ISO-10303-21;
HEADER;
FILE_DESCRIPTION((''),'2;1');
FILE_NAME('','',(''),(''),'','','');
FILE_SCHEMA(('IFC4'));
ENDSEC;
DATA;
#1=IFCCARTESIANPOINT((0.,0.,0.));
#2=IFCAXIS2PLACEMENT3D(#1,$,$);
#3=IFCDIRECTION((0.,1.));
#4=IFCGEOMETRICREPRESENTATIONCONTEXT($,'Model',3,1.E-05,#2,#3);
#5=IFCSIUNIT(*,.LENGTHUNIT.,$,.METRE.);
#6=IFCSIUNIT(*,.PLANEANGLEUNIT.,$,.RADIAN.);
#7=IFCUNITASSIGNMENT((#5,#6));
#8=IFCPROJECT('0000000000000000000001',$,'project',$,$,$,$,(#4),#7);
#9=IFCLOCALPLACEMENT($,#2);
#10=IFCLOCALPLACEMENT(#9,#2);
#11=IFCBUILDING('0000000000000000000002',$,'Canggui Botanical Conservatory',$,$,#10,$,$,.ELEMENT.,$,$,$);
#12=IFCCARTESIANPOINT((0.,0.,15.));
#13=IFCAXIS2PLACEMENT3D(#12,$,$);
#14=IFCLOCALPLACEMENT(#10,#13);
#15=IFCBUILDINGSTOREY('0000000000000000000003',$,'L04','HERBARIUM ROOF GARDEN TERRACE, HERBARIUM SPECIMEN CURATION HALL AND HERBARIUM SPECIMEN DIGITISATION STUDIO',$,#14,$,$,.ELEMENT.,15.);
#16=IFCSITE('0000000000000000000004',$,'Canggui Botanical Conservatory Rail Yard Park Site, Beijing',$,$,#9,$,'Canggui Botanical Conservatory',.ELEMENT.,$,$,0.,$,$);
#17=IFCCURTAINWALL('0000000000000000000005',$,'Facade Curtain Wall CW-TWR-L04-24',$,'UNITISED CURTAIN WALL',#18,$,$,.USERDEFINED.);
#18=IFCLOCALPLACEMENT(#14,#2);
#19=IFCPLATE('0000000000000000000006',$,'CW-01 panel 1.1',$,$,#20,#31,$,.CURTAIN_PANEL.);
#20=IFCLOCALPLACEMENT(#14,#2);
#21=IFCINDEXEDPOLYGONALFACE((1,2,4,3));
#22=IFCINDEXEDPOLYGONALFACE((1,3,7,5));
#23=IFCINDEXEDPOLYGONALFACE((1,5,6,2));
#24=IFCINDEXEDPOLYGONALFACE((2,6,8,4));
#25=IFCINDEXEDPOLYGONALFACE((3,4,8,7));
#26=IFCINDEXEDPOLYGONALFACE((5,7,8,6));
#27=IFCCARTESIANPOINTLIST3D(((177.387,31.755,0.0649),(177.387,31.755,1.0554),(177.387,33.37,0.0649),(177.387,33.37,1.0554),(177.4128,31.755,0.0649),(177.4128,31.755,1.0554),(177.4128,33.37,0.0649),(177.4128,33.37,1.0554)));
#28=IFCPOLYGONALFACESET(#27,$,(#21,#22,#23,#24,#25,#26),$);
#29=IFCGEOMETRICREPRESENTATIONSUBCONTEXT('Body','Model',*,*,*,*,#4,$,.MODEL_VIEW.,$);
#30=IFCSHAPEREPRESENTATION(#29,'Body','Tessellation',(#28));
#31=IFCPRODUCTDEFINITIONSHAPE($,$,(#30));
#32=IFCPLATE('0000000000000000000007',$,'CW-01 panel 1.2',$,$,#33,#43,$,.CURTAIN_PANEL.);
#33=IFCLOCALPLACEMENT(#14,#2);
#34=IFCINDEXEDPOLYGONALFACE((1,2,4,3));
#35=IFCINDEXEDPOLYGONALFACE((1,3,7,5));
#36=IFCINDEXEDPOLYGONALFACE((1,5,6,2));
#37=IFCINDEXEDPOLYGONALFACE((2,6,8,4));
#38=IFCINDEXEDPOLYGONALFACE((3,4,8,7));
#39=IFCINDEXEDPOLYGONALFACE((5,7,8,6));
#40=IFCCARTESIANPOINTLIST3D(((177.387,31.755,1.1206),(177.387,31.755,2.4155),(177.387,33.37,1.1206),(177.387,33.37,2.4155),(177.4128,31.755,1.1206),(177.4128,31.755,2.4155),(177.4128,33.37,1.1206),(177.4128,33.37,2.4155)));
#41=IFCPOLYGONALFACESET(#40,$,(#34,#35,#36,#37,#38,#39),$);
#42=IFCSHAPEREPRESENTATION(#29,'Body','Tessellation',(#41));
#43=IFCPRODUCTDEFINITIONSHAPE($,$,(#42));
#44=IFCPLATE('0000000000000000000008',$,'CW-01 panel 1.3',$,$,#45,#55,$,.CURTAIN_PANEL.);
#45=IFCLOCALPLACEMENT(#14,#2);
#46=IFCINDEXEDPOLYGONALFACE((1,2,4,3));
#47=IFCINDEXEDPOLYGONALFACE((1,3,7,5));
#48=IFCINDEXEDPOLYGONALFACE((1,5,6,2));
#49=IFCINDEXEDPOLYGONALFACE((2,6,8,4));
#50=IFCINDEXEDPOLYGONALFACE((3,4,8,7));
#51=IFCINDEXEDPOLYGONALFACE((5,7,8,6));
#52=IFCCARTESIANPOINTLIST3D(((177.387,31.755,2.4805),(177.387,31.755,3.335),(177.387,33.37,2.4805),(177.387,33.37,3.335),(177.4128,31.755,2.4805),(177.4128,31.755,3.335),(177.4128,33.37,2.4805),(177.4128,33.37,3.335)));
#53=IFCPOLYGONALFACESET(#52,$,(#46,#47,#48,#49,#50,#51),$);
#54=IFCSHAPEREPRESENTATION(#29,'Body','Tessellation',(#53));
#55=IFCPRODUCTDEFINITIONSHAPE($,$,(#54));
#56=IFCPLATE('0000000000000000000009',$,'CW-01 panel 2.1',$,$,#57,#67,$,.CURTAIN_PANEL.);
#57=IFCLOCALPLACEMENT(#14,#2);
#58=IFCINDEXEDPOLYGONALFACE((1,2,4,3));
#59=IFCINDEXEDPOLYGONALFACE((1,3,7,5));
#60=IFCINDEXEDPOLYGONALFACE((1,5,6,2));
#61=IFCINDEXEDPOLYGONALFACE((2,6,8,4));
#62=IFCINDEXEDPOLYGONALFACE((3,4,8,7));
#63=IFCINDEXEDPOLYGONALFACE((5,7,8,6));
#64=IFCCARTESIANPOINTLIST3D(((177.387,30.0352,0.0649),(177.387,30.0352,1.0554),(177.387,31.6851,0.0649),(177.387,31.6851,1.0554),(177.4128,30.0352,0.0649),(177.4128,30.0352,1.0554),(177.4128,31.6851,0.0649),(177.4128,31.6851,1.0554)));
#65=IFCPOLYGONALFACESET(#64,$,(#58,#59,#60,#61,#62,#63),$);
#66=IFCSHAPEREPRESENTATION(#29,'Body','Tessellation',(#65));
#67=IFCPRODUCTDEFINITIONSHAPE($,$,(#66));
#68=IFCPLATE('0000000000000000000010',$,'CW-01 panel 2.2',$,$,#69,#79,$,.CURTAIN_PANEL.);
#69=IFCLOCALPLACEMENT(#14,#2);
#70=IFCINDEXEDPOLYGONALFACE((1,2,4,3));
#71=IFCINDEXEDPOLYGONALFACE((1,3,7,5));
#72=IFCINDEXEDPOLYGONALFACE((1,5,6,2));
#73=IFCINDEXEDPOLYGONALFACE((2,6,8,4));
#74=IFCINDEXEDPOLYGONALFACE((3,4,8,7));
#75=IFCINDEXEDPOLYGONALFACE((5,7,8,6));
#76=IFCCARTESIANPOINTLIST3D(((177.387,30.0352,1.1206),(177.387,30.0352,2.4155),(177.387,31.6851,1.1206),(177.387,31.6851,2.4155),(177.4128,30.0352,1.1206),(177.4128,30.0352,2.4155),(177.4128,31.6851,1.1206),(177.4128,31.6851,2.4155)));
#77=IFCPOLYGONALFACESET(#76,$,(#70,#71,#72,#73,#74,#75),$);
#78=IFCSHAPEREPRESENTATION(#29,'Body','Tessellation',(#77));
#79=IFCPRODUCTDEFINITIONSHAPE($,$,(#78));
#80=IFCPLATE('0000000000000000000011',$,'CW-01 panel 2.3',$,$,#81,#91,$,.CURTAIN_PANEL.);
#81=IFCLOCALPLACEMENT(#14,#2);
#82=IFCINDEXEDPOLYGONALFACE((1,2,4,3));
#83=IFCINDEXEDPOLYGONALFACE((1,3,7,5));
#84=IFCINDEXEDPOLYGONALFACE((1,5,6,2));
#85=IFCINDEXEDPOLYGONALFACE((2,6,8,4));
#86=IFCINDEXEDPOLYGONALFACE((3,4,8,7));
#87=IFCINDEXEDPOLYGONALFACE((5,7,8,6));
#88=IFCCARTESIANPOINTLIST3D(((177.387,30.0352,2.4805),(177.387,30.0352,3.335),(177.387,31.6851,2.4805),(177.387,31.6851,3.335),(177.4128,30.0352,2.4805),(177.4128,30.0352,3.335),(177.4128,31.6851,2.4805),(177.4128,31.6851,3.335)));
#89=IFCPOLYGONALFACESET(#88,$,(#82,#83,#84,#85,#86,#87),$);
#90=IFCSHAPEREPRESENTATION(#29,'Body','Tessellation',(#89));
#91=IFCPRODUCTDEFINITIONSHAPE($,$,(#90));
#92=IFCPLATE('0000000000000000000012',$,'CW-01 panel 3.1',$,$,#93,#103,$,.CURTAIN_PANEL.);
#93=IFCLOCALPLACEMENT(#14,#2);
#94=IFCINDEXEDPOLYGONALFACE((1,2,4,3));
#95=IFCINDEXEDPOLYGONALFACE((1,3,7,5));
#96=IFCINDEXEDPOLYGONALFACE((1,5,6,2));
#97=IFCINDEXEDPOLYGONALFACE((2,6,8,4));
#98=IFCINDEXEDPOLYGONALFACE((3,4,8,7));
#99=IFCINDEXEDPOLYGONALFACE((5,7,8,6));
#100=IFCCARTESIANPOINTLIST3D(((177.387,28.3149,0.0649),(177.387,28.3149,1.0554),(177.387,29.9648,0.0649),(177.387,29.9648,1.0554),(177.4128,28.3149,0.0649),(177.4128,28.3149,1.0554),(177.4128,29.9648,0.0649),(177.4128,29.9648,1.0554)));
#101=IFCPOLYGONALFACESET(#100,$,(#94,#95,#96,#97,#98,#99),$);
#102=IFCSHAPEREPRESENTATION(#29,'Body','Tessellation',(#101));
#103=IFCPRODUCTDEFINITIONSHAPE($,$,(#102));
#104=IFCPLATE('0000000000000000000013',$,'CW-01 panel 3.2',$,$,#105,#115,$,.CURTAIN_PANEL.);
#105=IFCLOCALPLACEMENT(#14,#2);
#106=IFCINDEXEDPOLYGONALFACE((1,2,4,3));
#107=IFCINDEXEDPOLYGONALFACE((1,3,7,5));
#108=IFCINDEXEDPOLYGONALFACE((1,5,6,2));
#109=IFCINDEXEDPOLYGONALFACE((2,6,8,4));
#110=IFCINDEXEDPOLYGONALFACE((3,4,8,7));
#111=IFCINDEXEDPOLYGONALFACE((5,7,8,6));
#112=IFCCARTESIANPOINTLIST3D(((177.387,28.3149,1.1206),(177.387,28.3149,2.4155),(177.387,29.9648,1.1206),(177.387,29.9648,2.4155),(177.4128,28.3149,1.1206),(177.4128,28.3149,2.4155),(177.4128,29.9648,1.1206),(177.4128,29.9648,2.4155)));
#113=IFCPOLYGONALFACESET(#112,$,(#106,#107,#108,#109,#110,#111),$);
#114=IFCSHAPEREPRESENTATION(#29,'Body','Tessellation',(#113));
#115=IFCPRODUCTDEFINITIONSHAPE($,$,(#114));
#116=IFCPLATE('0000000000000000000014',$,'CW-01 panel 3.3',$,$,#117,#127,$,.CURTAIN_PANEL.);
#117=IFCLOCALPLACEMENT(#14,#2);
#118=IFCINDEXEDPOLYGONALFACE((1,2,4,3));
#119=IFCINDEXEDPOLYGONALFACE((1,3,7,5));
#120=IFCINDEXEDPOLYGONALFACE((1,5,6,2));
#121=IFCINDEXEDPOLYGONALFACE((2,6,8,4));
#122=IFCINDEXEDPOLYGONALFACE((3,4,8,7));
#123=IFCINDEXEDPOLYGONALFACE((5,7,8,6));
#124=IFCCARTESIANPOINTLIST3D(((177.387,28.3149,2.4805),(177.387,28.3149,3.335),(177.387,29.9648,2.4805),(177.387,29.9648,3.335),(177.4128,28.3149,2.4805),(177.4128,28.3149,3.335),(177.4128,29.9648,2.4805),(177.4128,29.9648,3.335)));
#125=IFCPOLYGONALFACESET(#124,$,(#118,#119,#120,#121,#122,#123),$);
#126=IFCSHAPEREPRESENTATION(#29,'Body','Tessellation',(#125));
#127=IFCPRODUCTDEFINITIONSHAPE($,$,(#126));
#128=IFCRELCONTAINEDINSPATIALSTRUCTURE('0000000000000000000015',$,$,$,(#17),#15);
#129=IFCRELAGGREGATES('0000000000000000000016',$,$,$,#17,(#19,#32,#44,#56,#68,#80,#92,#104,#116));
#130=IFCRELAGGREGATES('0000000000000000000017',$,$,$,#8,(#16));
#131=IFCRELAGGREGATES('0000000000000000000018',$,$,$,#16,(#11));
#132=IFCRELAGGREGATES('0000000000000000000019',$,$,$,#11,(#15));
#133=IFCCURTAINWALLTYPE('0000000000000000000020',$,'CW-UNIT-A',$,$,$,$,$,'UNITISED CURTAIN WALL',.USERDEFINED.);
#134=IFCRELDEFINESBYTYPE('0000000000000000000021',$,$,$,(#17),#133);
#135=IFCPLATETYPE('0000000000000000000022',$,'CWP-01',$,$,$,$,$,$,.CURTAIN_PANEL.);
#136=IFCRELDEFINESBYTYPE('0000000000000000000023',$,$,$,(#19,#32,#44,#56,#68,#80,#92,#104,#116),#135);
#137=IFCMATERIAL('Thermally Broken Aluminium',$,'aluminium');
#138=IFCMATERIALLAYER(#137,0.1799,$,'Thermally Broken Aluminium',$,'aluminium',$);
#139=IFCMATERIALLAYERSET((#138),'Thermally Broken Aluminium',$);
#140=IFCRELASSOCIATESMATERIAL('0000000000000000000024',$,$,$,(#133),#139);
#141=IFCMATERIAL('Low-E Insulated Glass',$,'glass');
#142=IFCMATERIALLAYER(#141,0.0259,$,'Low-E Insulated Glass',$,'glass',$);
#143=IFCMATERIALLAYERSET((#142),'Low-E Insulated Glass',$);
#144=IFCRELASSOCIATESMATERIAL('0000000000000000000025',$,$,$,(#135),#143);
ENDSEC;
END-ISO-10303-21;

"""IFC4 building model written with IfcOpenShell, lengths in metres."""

from ifc_helpers import new_model, si_unit, direction, frame, origin, origin_2d, place, context, subcontext, project, spatial, rectangle, extrude, material, layer, layer_set, type_object, element, aggregate, save


model = new_model("IFC4")

# Units and contexts
model_context = context("Model", 3, precision=1e-05, world=origin(), true_north=direction((0.0, 1.0)))
body_context = subcontext(model_context, "Body", "Model", "MODEL_VIEW")
ifc_project = project(units=[si_unit("LENGTHUNIT", "METRE"), si_unit("PLANEANGLEUNIT", "RADIAN")], contexts=[model_context])

# Site, building, storey
site_placement = place(None, origin())
site = spatial("IfcSite", under=ifc_project, at=site_placement, Name="Canggui Botanical Conservatory Rail Yard Park Site, Beijing", LongName="Canggui Botanical Conservatory", CompositionType="ELEMENT", RefElevation=0.0)
building_placement = place(site_placement, origin())
building = spatial("IfcBuilding", under=site, at=building_placement, Name="Canggui Botanical Conservatory", CompositionType="ELEMENT")
storey_placement = place(building_placement, frame((0.0, 0.0, 15.0)))
storey = spatial("IfcBuildingStorey", under=building, at=storey_placement, Name="L04", Description="HERBARIUM ROOF GARDEN TERRACE, HERBARIUM SPECIMEN CURATION HALL AND HERBARIUM SPECIMEN DIGITISATION STUDIO", CompositionType="ELEMENT", Elevation=15.0)

# Curtain wall, plates
ifc_material_1 = material(Name="Thermally Broken Aluminium", Category="aluminium")
ifc_layer_1 = layer(ifc_material_1, 0.1799, Name="Thermally Broken Aluminium", Category="aluminium")
ifc_layer_set_1 = layer_set([ifc_layer_1], Name="Thermally Broken Aluminium")
curtain_wall_type = type_object("IfcCurtainWallType", Name="CW-UNIT-A", ElementType="UNITISED CURTAIN WALL", PredefinedType="USERDEFINED", material=ifc_layer_set_1)
curtain_wall_placement = place(storey_placement, origin())
curtain_wall = element("IfcCurtainWall", 1, at=curtain_wall_placement, inside=storey, type_object=curtain_wall_type, Name="Facade Curtain Wall CW-TWR-L04-24", ObjectType="UNITISED CURTAIN WALL", PredefinedType="USERDEFINED")
ifc_material_2 = material(Name="Low-E Insulated Glass", Category="glass")
ifc_layer_2 = layer(ifc_material_2, 0.0259, Name="Low-E Insulated Glass", Category="glass")
ifc_layer_set_2 = layer_set([ifc_layer_2], Name="Low-E Insulated Glass")
plate_type = type_object("IfcPlateType", Name="CWP-01", PredefinedType="CURTAIN_PANEL", material=ifc_layer_set_2)
plate_1_placement = place(storey_placement, frame((177.3999, 32.5625, 0.0649), z_axis=(0.0, 0.0, 1.0), x_axis=(0.0, -1.0, 0.0)))
plate_1 = element("IfcPlate", 2, at=plate_1_placement, type_object=plate_type, Name="CW-01 panel 1.1", PredefinedType="CURTAIN_PANEL", context=body_context, shape_type="SweptSolid", body=[
    extrude(rectangle(XDim=1.615, YDim=0.0259, at=origin_2d()), origin(), (0.0, 0.0, 1.0), 0.9905),
])
plate_2_placement = place(storey_placement, frame((177.3999, 32.5625, 1.1206), z_axis=(0.0, 0.0, 1.0), x_axis=(0.0, -1.0, 0.0)))
plate_2 = element("IfcPlate", 3, at=plate_2_placement, type_object=plate_type, Name="CW-01 panel 1.2", PredefinedType="CURTAIN_PANEL", context=body_context, shape_type="SweptSolid", body=[
    extrude(rectangle(XDim=1.615, YDim=0.0259, at=origin_2d()), origin(), (0.0, 0.0, 1.0), 1.2949),
])
plate_3_placement = place(storey_placement, frame((177.3999, 32.5625, 2.4805), z_axis=(0.0, 0.0, 1.0), x_axis=(0.0, -1.0, 0.0)))
plate_3 = element("IfcPlate", 4, at=plate_3_placement, type_object=plate_type, Name="CW-01 panel 1.3", PredefinedType="CURTAIN_PANEL", context=body_context, shape_type="SweptSolid", body=[
    extrude(rectangle(XDim=1.615, YDim=0.0259, at=origin_2d()), origin(), (0.0, 0.0, 1.0), 0.8545),
])
plate_4_placement = place(storey_placement, frame((177.3999, 30.8601, 0.0649), z_axis=(0.0, 0.0, 1.0), x_axis=(0.0, -1.0, 0.0)))
plate_4 = element("IfcPlate", 5, at=plate_4_placement, type_object=plate_type, Name="CW-01 panel 2.1", PredefinedType="CURTAIN_PANEL", context=body_context, shape_type="SweptSolid", body=[
    extrude(rectangle(XDim=1.6499, YDim=0.0259, at=origin_2d()), origin(), (0.0, 0.0, 1.0), 0.9905),
])
plate_5_placement = place(storey_placement, frame((177.3999, 30.8601, 1.1206), z_axis=(0.0, 0.0, 1.0), x_axis=(0.0, -1.0, 0.0)))
plate_5 = element("IfcPlate", 6, at=plate_5_placement, type_object=plate_type, Name="CW-01 panel 2.2", PredefinedType="CURTAIN_PANEL", context=body_context, shape_type="SweptSolid", body=[
    extrude(rectangle(XDim=1.6499, YDim=0.0259, at=origin_2d()), origin(), (0.0, 0.0, 1.0), 1.2949),
])
plate_6_placement = place(storey_placement, frame((177.3999, 30.8601, 2.4805), z_axis=(0.0, 0.0, 1.0), x_axis=(0.0, -1.0, 0.0)))
plate_6 = element("IfcPlate", 7, at=plate_6_placement, type_object=plate_type, Name="CW-01 panel 2.3", PredefinedType="CURTAIN_PANEL", context=body_context, shape_type="SweptSolid", body=[
    extrude(rectangle(XDim=1.6499, YDim=0.0259, at=origin_2d()), origin(), (0.0, 0.0, 1.0), 0.8545),
])
plate_7_placement = place(storey_placement, frame((177.3999, 29.1399, 0.0649), z_axis=(0.0, 0.0, 1.0), x_axis=(0.0, -1.0, 0.0)))
plate_7 = element("IfcPlate", 8, at=plate_7_placement, type_object=plate_type, Name="CW-01 panel 3.1", PredefinedType="CURTAIN_PANEL", context=body_context, shape_type="SweptSolid", body=[
    extrude(rectangle(XDim=1.6499, YDim=0.0259, at=origin_2d()), origin(), (0.0, 0.0, 1.0), 0.9905),
])
plate_8_placement = place(storey_placement, frame((177.3999, 29.1399, 1.1206), z_axis=(0.0, 0.0, 1.0), x_axis=(0.0, -1.0, 0.0)))
plate_8 = element("IfcPlate", 9, at=plate_8_placement, type_object=plate_type, Name="CW-01 panel 3.2", PredefinedType="CURTAIN_PANEL", context=body_context, shape_type="SweptSolid", body=[
    extrude(rectangle(XDim=1.6499, YDim=0.0259, at=origin_2d()), origin(), (0.0, 0.0, 1.0), 1.2949),
])
plate_9_placement = place(storey_placement, frame((177.3999, 29.1399, 2.4805), z_axis=(0.0, 0.0, 1.0), x_axis=(0.0, -1.0, 0.0)))
plate_9 = element("IfcPlate", 10, at=plate_9_placement, type_object=plate_type, Name="CW-01 panel 3.3", PredefinedType="CURTAIN_PANEL", context=body_context, shape_type="SweptSolid", body=[
    extrude(rectangle(XDim=1.6499, YDim=0.0259, at=origin_2d()), origin(), (0.0, 0.0, 1.0), 0.8545),
])
aggregate(curtain_wall, [plate_1, plate_2, plate_3, plate_4, plate_5, plate_6, plate_7, plate_8, plate_9])

save(model, "model.ifc")
